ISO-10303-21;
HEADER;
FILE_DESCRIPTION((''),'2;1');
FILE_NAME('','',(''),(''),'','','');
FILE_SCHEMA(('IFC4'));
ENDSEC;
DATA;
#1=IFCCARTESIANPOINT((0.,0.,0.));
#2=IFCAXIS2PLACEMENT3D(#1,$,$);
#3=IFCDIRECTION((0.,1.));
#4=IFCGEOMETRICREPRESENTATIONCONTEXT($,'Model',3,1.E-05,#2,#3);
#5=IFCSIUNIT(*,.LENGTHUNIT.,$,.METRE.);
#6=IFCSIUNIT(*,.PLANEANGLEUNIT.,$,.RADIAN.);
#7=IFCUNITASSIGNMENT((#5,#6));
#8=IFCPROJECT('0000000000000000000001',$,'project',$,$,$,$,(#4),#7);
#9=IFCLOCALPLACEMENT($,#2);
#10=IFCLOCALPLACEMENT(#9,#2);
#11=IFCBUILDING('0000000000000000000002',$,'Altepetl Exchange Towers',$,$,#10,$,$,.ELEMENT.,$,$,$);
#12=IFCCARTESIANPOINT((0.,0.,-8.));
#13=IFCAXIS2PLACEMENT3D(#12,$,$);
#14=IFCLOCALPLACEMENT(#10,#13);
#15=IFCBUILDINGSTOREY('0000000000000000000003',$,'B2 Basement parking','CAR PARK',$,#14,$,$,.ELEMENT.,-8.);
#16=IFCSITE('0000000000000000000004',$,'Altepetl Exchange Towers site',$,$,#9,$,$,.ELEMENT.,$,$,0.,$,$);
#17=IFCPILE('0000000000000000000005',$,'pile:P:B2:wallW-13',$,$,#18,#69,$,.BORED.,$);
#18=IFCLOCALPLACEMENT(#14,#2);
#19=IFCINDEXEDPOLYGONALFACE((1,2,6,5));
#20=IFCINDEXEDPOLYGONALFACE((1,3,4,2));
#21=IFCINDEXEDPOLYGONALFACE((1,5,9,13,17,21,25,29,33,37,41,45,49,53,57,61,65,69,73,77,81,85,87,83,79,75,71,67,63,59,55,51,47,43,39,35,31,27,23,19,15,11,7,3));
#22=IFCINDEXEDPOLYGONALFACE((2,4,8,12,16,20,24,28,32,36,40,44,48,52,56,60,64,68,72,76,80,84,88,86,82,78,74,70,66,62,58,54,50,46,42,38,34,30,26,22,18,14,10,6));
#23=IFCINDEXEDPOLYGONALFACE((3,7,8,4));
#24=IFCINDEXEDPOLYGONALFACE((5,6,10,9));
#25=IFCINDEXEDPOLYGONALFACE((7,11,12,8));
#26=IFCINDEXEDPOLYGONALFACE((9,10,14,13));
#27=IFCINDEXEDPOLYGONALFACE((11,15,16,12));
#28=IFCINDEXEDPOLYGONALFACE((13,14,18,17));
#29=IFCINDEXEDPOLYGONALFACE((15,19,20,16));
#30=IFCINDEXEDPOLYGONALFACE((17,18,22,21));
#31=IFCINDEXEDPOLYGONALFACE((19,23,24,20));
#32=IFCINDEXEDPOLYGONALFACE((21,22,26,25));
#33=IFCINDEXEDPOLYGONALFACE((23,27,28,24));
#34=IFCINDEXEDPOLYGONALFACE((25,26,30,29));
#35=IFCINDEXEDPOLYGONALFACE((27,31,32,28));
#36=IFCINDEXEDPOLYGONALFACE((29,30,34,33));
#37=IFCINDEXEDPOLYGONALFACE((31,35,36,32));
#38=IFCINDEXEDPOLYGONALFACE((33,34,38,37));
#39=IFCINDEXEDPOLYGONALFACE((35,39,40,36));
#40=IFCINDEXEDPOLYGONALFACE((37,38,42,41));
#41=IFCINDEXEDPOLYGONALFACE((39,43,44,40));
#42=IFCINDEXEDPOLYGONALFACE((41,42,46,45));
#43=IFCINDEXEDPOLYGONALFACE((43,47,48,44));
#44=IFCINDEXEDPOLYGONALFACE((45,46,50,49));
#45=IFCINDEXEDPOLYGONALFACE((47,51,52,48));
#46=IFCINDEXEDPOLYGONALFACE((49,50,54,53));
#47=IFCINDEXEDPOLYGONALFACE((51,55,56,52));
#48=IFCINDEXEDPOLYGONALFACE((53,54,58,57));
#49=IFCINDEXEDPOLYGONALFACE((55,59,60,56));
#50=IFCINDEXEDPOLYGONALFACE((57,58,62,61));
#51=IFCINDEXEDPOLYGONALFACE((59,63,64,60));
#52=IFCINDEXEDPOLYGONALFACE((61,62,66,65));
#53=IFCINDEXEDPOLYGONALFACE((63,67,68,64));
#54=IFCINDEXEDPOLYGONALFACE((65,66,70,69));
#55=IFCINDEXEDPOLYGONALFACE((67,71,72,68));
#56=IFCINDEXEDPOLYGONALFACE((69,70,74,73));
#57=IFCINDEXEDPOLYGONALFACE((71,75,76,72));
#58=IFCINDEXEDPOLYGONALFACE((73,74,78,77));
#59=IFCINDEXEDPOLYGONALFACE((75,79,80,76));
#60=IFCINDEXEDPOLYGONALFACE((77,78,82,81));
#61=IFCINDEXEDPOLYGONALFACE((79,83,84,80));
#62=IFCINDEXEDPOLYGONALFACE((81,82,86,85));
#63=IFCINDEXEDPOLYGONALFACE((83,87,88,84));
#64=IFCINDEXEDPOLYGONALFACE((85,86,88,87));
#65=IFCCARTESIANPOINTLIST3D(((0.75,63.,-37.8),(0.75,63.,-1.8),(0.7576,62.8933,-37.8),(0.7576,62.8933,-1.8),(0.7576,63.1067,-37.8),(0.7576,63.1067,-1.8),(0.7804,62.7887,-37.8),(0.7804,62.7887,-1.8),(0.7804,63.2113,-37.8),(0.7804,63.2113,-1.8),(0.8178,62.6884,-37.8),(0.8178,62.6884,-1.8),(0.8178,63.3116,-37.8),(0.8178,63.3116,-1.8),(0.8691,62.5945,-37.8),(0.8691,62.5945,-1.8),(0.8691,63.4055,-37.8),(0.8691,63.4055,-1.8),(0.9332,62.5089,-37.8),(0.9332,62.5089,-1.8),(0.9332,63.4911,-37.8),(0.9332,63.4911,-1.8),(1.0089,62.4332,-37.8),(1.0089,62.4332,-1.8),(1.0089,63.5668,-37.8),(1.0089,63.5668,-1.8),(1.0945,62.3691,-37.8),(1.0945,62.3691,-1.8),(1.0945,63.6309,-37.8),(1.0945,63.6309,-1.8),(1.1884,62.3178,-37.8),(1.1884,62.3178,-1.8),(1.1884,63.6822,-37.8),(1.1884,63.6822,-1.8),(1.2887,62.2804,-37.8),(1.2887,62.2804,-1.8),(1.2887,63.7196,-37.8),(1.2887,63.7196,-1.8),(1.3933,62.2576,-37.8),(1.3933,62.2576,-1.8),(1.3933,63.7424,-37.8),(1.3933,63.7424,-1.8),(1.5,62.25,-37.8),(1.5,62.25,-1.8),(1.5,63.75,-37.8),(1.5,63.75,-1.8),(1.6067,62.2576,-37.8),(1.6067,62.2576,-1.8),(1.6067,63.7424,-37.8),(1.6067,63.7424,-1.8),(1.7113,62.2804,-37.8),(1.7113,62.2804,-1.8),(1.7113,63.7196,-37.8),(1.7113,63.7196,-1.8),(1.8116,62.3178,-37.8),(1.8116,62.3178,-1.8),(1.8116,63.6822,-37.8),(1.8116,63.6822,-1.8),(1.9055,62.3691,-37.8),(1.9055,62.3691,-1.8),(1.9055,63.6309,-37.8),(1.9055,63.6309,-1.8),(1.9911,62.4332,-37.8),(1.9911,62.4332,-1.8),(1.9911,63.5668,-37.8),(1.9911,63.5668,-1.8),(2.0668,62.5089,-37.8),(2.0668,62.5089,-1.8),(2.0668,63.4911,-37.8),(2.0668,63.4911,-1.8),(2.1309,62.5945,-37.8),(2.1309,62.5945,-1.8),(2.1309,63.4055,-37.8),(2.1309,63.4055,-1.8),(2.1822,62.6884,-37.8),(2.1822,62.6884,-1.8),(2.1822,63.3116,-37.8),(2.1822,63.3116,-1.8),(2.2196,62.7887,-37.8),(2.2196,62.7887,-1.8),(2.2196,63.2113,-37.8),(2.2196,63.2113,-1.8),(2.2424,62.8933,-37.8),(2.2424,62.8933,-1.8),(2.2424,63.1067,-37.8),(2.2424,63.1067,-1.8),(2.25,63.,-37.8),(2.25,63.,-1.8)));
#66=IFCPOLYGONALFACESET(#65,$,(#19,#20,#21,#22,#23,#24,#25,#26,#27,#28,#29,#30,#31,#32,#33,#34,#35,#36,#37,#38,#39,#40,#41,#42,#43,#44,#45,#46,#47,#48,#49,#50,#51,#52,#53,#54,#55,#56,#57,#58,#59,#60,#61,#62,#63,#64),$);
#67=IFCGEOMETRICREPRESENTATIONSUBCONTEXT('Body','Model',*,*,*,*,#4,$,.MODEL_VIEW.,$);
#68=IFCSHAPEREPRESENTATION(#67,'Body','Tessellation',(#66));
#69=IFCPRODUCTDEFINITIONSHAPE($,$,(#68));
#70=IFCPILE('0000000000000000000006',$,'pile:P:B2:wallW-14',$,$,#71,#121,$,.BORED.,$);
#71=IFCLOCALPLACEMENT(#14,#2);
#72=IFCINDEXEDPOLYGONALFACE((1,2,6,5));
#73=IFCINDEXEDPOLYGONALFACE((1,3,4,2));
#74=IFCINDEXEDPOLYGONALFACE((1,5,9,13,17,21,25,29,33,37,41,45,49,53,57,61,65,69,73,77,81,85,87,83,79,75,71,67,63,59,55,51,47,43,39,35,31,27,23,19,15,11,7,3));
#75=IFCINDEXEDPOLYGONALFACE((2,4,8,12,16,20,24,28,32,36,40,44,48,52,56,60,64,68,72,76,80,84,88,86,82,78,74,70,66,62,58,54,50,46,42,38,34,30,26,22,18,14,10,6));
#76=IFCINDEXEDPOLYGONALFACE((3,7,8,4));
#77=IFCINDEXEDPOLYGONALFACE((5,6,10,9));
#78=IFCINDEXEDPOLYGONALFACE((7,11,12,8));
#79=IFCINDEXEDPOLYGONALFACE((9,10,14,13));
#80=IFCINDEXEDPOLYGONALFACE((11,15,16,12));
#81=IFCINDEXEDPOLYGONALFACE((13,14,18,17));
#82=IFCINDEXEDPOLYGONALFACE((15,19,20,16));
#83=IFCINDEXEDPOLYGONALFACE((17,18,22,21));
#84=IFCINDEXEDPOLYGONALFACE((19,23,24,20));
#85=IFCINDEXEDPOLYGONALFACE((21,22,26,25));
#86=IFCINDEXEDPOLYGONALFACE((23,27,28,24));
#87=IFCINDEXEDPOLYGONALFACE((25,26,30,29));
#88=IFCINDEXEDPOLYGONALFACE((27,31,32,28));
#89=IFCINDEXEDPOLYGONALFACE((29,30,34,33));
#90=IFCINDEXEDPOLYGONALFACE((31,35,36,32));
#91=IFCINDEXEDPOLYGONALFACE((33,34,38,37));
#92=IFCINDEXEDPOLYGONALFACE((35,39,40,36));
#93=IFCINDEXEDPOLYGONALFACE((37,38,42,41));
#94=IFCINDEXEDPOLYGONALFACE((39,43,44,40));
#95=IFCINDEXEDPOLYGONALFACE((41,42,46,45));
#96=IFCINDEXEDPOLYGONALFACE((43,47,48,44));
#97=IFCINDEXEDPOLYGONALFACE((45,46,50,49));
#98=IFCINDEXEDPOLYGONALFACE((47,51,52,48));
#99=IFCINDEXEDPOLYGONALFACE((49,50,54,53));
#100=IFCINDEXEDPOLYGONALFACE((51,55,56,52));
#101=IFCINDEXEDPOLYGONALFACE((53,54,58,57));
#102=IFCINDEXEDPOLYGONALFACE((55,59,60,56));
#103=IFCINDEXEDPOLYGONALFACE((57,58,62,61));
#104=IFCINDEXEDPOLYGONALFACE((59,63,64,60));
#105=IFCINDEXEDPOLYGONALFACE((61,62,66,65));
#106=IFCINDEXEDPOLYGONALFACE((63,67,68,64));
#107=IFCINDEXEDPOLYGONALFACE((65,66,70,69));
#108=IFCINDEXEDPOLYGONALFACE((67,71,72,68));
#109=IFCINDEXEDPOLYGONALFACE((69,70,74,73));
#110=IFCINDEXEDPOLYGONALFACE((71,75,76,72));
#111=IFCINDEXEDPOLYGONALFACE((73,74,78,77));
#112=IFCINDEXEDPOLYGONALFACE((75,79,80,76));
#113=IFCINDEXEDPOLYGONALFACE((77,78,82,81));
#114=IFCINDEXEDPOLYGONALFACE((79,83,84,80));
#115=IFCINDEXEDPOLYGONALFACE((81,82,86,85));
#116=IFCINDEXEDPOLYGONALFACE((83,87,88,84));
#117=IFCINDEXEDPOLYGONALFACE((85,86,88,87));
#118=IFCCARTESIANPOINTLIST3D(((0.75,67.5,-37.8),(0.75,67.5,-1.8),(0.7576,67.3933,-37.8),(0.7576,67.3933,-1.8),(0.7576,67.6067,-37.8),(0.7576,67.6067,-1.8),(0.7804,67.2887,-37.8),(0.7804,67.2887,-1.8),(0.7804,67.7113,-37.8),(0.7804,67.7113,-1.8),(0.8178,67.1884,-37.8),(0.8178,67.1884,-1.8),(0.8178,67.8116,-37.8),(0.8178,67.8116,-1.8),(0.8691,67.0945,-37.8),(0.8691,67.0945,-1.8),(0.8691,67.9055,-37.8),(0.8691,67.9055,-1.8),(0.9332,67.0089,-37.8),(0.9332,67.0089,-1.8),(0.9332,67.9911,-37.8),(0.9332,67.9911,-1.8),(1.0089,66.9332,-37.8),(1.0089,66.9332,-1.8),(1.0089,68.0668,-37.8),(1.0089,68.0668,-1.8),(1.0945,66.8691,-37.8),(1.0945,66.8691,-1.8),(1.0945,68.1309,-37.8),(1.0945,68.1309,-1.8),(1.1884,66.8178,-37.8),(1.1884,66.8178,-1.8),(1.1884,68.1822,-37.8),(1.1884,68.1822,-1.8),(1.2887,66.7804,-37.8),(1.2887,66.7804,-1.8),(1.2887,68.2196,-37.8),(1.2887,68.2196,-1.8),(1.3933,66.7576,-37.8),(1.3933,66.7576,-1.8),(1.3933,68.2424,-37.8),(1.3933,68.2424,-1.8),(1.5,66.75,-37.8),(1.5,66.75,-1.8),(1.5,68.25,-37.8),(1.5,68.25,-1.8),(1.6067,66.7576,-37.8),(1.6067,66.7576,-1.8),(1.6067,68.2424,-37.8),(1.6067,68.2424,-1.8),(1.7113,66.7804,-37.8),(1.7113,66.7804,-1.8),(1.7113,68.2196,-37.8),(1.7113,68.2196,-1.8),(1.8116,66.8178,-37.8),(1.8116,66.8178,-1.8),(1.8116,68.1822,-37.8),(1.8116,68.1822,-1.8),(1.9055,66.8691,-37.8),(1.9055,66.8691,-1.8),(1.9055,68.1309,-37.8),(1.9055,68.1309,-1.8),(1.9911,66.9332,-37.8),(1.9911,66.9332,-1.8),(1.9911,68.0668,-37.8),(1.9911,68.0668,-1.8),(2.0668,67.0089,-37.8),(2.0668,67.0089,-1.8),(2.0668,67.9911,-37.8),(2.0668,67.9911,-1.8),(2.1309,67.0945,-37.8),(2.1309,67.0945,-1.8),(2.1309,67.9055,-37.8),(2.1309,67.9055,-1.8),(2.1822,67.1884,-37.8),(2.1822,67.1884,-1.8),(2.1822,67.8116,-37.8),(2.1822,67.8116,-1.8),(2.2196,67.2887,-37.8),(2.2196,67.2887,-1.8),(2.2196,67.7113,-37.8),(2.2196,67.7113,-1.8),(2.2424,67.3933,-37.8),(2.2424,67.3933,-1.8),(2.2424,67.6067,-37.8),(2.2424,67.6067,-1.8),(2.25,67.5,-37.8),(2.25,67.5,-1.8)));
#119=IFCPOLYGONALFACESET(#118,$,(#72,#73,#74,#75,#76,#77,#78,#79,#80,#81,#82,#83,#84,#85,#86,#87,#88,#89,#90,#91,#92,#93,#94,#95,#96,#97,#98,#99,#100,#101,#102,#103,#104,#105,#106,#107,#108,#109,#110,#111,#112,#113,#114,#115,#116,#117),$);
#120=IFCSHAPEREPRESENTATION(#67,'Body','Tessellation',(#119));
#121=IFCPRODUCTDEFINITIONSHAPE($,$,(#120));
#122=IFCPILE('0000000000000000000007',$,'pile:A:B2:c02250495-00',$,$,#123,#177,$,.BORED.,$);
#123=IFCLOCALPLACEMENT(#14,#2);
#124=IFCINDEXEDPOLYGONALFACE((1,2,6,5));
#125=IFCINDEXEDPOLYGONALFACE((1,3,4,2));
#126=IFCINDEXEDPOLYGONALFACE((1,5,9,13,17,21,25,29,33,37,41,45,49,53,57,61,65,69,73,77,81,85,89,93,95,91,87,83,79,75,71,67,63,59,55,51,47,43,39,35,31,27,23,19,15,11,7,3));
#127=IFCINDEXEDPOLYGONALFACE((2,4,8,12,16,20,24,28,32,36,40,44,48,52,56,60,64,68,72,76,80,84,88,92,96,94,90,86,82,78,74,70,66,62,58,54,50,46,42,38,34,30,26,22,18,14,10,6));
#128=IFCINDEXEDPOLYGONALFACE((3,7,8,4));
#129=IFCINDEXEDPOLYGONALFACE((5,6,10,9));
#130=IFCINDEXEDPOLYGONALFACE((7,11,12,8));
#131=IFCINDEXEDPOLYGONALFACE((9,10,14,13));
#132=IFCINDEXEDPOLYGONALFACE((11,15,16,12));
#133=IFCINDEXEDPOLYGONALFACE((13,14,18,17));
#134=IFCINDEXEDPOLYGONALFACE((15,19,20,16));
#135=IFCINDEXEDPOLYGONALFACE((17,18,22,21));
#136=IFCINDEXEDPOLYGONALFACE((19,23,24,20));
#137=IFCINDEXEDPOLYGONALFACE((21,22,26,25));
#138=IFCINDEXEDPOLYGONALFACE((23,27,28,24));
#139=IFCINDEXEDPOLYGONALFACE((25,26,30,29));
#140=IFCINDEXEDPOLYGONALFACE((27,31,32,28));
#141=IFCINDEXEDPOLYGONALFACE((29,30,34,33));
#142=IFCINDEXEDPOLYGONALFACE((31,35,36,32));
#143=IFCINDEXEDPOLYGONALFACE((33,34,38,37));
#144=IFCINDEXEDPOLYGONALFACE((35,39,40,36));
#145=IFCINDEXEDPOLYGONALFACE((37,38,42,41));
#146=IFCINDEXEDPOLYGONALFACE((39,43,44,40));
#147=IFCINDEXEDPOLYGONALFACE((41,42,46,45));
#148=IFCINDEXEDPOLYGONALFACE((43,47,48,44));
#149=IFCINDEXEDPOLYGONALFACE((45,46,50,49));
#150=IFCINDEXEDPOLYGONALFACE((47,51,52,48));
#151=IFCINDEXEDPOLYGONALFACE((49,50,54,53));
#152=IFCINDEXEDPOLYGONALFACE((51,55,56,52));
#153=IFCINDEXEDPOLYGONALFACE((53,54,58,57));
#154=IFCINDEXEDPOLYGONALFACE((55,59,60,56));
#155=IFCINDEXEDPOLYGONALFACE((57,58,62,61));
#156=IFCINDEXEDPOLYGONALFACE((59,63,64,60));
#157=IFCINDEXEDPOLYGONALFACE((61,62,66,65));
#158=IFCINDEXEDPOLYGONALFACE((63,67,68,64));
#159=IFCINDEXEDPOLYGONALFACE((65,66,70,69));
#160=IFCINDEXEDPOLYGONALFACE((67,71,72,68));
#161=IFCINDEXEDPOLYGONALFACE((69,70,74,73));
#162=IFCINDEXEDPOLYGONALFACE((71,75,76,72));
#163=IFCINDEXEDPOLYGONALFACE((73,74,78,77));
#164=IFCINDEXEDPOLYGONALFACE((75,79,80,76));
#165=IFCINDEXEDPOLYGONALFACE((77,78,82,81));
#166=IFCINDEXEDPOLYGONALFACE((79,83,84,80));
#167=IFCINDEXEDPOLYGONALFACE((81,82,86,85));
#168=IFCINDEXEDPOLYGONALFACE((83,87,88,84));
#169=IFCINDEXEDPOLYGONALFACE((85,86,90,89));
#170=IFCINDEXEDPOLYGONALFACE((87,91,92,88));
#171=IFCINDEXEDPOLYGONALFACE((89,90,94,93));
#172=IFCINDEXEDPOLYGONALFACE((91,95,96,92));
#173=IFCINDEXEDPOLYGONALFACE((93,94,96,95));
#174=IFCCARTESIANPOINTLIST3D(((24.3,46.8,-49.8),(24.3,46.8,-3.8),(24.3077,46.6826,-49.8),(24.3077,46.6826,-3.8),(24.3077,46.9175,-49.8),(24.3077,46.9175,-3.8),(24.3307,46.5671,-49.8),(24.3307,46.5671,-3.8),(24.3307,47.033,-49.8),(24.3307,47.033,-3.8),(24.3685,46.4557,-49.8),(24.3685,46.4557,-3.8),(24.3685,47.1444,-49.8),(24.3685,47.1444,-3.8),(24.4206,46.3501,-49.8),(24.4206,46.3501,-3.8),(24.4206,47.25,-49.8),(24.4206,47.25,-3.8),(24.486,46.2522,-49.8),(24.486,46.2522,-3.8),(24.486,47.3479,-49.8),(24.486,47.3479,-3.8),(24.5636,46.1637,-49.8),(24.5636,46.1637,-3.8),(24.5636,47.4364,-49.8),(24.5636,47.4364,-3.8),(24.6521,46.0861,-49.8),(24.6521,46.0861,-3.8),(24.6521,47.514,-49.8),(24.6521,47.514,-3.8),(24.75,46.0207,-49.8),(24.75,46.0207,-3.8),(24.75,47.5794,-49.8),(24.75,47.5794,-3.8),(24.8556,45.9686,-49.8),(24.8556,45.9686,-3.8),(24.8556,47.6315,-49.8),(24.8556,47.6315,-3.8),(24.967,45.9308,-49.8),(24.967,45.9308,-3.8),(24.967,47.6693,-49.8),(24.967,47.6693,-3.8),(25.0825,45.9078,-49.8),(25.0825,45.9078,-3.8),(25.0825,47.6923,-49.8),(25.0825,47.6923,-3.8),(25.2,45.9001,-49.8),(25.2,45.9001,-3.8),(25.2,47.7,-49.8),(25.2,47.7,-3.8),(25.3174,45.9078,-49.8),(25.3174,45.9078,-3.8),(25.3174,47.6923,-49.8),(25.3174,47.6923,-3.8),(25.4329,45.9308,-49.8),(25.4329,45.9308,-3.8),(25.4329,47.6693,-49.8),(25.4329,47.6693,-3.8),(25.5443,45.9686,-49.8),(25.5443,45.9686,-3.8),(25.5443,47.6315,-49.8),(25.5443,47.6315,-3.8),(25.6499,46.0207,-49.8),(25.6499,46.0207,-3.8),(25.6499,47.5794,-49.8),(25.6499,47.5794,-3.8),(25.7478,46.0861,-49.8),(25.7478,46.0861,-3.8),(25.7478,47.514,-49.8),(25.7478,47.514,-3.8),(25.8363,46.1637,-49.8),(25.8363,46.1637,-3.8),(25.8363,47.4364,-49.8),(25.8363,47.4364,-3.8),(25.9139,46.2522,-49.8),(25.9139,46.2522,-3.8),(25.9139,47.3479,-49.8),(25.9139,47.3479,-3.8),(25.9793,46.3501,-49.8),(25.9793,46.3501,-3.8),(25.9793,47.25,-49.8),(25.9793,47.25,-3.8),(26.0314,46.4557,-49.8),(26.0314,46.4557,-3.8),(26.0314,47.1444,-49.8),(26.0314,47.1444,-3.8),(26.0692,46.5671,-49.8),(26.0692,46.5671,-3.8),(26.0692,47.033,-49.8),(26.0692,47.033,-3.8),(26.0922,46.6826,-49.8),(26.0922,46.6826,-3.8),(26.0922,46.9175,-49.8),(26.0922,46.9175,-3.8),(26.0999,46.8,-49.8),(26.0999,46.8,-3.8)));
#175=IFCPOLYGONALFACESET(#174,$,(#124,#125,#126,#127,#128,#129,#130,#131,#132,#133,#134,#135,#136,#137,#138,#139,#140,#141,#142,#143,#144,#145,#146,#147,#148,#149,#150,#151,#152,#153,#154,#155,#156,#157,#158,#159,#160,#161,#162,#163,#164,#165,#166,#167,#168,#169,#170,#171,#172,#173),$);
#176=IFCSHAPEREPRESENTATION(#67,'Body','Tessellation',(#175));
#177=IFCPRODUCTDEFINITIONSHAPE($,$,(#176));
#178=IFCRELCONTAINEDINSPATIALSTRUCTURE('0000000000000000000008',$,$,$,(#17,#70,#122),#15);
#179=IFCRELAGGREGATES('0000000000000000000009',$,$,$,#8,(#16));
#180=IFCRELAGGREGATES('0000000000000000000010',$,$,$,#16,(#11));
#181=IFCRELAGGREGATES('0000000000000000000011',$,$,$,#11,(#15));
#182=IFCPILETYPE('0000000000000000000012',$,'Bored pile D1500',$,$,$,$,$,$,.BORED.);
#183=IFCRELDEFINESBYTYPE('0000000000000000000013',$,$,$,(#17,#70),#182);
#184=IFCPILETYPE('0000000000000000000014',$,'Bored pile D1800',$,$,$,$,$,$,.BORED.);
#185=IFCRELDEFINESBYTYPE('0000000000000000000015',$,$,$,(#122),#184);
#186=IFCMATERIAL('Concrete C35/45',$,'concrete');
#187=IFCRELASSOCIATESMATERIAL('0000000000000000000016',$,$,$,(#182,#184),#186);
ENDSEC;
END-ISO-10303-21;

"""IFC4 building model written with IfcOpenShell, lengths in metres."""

from ifc_helpers import new_model, si_unit, direction, frame, origin, origin_2d, place, context, subcontext, project, spatial, circle, extrude, material, material_profile, profile_set, type_object, element, save


model = new_model("IFC4")

# Units and contexts
model_context = context("Model", 3, precision=1e-05, world=origin(), true_north=direction((0.0, 1.0)))
body_context = subcontext(model_context, "Body", "Model", "MODEL_VIEW")
ifc_project = project(units=[si_unit("LENGTHUNIT", "METRE"), si_unit("PLANEANGLEUNIT", "RADIAN")], contexts=[model_context])

# Site, building, storey
site_placement = place(None, origin())
site = spatial("IfcSite", under=ifc_project, at=site_placement, Name="Altepetl Exchange Towers site", CompositionType="ELEMENT", RefElevation=0.0)
building_placement = place(site_placement, origin())
building = spatial("IfcBuilding", under=site, at=building_placement, Name="Altepetl Exchange Towers", CompositionType="ELEMENT")
storey_placement = place(building_placement, frame((0.0, 0.0, -8.0)))
storey = spatial("IfcBuildingStorey", under=building, at=storey_placement, Name="B2 Basement parking", Description="CAR PARK", CompositionType="ELEMENT", Elevation=-8.0)

# Piles
ifc_material_1 = material(Name="Concrete C35/45", Category="concrete")
ifc_material_profile_1 = material_profile(ifc_material_1, circle(Radius=0.75, at=origin_2d()), Name="D1500")
ifc_profile_set_1 = profile_set([ifc_material_profile_1], Name="Concrete C35/45")
pile_type_1 = type_object("IfcPileType", Name="Bored pile D1500", PredefinedType="BORED", material=ifc_profile_set_1)
for number, where, z_axis, x_axis, name in (
    (1, (1.5, 63.0, -1.8), (0.0, 0.0, -1.0), (1.0, 0.0, 0.0), "pile:P:B2:wallW-13"),
    (2, (1.5, 67.5, -1.8), (0.0, 0.0, -1.0), (1.0, 0.0, 0.0), "pile:P:B2:wallW-14"),
):
    element("IfcPile", number, at=place(storey_placement, frame(where, z_axis=z_axis, x_axis=x_axis)), inside=storey, type_object=pile_type_1, Name=name, PredefinedType="BORED", context=body_context, shape_type="SweptSolid", body=[
        extrude(circle(Radius=0.75, at=origin_2d()), origin(), (0.0, 0.0, 1.0), 36.0),
    ])
ifc_material_profile_2 = material_profile(ifc_material_1, circle(Radius=0.8999, at=origin_2d()), Name="D1800")
ifc_profile_set_2 = profile_set([ifc_material_profile_2], Name="Concrete C35/45")
pile_type_2 = type_object("IfcPileType", Name="Bored pile D1800", PredefinedType="BORED", material=ifc_profile_set_2)
for number, where, z_axis, x_axis, name in (
    (3, (25.2, 46.8, -3.8), (0.0, 0.0, -1.0), (1.0, 0.0, 0.0), "pile:A:B2:c02250495-00"),
):
    element("IfcPile", number, at=place(storey_placement, frame(where, z_axis=z_axis, x_axis=x_axis)), inside=storey, type_object=pile_type_2, Name=name, PredefinedType="BORED", context=body_context, shape_type="SweptSolid", body=[
        extrude(circle(Radius=0.8999, at=origin_2d()), origin(), (0.0, 0.0, 1.0), 46.0),
    ])

save(model, "model.ifc")
